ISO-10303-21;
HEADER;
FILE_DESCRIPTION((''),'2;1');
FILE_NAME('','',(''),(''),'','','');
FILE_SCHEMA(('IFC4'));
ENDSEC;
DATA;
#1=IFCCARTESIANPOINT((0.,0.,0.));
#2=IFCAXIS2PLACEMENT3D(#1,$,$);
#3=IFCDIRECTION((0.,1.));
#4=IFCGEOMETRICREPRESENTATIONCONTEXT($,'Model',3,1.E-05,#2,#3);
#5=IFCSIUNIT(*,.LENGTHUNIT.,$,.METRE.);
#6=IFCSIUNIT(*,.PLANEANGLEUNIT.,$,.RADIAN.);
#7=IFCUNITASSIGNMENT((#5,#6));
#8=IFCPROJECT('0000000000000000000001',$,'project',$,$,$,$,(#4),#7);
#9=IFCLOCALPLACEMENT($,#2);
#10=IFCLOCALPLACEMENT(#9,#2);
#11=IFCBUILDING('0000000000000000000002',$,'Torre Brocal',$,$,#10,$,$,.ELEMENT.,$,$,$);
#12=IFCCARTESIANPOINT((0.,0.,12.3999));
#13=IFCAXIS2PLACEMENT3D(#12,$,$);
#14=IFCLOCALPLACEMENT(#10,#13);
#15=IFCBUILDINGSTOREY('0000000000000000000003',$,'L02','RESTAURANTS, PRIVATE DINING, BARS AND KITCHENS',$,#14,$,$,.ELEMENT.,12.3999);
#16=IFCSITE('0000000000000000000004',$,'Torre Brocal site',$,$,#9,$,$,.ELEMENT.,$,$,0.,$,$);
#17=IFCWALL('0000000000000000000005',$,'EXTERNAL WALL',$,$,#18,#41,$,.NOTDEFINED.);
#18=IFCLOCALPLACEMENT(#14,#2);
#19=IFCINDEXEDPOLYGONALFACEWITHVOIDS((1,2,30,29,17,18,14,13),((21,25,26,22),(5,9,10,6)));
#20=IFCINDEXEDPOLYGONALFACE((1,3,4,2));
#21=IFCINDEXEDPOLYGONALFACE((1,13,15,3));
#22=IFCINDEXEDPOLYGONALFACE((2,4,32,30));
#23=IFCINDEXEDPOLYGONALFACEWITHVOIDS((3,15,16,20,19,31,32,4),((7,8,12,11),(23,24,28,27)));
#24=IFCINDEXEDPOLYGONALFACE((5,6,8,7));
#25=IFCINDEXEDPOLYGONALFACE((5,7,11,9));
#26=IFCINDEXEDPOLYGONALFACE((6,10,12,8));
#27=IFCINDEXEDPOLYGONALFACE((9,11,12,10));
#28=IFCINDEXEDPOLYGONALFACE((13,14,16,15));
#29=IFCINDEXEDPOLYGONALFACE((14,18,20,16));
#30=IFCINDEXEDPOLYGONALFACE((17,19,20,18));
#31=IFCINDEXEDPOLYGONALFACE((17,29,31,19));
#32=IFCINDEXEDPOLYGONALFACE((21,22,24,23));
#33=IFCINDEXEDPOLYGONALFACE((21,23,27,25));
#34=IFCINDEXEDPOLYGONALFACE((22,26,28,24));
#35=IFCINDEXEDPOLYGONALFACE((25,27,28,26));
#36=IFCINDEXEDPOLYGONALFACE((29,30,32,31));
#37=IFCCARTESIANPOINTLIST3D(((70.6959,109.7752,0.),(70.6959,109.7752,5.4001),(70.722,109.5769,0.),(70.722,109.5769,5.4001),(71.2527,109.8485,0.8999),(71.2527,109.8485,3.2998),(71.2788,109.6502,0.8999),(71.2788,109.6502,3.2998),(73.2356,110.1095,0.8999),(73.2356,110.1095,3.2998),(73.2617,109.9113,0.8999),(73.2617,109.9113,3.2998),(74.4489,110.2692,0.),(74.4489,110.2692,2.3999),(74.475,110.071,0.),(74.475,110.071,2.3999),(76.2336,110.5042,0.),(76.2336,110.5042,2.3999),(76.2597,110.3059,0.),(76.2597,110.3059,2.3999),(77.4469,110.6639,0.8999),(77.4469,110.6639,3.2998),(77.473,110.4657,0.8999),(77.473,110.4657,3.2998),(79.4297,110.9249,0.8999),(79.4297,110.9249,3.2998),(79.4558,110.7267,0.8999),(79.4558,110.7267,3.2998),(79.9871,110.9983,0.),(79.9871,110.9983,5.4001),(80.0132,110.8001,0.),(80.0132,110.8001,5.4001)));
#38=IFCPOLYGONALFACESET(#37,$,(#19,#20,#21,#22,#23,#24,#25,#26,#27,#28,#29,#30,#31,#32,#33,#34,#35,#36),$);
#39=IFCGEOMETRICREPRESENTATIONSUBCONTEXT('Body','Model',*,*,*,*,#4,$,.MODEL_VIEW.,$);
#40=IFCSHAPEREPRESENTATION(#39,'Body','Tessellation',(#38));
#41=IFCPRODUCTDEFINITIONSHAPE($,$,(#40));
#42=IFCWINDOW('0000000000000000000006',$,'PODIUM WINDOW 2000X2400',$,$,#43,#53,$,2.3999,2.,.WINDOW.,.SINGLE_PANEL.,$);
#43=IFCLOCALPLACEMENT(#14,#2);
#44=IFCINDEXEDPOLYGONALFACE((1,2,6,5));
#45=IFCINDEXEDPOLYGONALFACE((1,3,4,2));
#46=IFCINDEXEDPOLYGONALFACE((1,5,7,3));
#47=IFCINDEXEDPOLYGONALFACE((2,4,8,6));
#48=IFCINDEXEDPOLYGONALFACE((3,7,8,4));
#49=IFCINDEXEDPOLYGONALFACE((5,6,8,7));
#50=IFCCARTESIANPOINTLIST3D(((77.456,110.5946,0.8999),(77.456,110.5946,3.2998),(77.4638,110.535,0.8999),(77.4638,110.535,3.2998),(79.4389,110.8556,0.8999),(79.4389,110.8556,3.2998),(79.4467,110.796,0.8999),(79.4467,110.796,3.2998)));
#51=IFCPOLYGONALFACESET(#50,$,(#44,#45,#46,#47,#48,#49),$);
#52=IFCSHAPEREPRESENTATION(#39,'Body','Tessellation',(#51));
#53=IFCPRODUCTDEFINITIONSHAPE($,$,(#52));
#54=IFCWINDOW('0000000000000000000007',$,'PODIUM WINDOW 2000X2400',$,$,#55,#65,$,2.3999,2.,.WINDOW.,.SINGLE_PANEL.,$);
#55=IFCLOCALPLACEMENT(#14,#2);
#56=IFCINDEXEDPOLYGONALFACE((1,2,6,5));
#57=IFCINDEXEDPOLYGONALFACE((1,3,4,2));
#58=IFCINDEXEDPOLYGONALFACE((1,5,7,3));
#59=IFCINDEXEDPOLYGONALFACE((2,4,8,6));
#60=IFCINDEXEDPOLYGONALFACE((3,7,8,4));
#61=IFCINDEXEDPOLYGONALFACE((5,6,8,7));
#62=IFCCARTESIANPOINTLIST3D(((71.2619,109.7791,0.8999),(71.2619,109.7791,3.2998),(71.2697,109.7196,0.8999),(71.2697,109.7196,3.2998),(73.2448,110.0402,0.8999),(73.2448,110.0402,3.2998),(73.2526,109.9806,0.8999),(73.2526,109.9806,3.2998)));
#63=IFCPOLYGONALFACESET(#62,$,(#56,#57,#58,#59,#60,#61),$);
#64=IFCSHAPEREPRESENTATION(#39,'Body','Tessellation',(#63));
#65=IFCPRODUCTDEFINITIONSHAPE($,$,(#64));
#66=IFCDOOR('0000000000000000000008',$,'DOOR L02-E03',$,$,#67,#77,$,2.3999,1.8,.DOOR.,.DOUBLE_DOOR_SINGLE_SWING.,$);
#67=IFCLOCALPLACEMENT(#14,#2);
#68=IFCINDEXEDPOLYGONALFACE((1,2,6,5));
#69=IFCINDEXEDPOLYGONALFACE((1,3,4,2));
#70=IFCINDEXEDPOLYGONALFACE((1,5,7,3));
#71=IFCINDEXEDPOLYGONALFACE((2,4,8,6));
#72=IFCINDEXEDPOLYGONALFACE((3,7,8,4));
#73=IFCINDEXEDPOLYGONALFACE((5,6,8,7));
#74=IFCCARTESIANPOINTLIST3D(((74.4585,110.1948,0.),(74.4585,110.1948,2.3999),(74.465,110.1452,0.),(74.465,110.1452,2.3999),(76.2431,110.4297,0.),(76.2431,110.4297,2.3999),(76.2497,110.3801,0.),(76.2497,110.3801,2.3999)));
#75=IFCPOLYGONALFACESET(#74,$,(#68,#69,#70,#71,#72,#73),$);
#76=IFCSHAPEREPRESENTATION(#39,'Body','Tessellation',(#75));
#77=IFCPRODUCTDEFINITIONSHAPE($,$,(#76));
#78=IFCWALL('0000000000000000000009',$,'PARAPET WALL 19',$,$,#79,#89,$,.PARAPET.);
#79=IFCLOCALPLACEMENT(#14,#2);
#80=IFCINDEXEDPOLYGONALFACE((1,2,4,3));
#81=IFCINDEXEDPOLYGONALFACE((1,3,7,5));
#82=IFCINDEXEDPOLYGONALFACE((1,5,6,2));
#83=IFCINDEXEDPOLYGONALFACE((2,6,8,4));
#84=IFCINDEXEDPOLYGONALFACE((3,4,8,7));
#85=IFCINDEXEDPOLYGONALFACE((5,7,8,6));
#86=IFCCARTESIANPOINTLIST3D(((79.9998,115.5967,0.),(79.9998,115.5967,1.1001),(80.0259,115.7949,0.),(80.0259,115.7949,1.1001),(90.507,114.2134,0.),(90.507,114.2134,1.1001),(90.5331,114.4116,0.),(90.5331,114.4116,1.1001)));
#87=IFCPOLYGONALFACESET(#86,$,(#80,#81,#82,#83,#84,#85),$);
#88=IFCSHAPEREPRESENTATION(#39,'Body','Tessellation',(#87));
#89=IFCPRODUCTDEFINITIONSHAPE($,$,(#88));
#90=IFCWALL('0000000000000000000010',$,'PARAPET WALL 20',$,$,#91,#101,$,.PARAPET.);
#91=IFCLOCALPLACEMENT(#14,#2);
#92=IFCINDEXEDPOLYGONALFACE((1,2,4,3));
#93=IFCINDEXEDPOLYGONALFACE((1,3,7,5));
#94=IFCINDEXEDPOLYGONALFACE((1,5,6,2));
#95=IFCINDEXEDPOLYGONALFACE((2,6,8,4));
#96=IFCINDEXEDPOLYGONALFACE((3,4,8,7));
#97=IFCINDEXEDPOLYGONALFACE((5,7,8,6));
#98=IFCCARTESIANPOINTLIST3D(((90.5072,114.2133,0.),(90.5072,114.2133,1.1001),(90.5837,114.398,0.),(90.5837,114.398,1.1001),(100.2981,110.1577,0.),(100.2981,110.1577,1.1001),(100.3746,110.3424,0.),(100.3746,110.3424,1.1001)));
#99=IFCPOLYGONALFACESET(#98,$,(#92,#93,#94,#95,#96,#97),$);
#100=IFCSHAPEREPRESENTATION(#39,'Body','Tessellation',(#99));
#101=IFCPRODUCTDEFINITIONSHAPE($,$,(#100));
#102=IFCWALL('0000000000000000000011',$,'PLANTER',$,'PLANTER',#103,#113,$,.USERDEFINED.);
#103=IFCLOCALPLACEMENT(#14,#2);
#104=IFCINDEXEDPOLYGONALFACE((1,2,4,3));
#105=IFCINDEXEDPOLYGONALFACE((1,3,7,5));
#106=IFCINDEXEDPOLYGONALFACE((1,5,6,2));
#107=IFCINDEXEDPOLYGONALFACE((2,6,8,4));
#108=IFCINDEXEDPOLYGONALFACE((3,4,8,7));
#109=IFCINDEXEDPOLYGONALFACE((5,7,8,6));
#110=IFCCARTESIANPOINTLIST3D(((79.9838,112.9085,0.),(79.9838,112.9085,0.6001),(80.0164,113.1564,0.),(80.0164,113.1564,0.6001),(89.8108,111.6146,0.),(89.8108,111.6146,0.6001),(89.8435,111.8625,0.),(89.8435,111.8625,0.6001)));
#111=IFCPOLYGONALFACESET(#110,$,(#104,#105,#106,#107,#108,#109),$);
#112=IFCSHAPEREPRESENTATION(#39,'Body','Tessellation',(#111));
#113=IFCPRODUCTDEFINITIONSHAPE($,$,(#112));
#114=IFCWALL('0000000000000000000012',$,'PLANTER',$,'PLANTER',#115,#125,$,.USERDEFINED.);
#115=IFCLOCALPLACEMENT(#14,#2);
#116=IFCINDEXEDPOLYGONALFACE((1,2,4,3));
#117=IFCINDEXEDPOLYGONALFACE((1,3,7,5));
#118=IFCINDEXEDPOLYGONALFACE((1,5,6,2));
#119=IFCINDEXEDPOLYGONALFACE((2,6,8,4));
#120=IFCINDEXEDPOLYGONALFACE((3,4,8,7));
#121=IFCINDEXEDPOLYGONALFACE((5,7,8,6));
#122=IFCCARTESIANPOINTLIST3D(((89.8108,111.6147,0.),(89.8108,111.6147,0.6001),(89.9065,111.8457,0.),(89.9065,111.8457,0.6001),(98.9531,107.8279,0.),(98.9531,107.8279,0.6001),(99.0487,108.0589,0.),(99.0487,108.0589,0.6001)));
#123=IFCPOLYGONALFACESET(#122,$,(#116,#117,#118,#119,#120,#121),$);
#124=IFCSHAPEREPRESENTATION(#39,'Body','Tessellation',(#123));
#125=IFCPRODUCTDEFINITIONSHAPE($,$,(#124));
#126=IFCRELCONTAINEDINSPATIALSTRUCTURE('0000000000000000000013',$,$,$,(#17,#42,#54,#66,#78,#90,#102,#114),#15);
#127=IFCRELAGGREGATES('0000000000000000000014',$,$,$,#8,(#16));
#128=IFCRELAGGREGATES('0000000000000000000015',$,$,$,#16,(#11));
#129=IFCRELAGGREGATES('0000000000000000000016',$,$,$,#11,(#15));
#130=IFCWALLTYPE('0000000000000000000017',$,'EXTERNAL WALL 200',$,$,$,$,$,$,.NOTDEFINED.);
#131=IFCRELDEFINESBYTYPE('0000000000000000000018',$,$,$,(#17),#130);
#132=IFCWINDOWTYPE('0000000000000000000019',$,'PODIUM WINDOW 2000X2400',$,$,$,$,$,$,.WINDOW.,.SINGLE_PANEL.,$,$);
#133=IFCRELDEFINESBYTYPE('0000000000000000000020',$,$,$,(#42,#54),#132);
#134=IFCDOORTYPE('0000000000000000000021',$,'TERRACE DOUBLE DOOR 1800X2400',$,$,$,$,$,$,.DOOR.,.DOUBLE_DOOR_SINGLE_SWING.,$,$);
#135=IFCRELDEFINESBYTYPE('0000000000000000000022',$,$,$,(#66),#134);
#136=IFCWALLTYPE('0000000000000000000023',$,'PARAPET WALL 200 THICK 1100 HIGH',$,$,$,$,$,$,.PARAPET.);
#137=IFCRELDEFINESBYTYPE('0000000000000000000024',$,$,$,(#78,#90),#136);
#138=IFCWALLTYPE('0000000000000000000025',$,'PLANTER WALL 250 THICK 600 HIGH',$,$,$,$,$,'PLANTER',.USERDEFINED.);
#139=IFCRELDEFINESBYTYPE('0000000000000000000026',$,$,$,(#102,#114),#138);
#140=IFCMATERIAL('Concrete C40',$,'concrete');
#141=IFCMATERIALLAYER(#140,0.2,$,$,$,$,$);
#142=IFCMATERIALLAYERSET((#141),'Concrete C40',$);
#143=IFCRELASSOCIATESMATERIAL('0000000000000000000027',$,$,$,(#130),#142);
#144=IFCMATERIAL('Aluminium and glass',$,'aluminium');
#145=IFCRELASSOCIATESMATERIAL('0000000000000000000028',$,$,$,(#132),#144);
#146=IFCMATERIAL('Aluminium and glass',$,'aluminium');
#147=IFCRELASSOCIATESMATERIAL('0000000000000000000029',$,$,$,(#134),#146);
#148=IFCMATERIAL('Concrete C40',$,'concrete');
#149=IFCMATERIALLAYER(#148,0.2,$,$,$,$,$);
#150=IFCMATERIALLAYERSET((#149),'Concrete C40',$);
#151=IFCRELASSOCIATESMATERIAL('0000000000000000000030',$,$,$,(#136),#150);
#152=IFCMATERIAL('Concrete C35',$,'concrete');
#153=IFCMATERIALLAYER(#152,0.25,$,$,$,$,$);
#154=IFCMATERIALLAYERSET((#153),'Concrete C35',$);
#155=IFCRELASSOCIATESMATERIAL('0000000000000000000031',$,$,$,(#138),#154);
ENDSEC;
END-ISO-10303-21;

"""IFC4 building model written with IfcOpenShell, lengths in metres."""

from ifc_helpers import new_model, si_unit, direction, frame, frame_2d, origin, place, context, subcontext, project, spatial, rectangle, extrude, material, layer, layer_set, type_object, element, fill, save


model = new_model("IFC4")

# Units and contexts
model_context = context("Model", 3, precision=1e-05, world=origin(), true_north=direction((0.0, 1.0)))
body_context = subcontext(model_context, "Body", "Model", "MODEL_VIEW")
ifc_project = project(units=[si_unit("LENGTHUNIT", "METRE"), si_unit("PLANEANGLEUNIT", "RADIAN")], contexts=[model_context])

# Site, building, storey
site_placement = place(None, origin())
site = spatial("IfcSite", under=ifc_project, at=site_placement, Name="Torre Brocal site", CompositionType="ELEMENT", RefElevation=0.0)
building_placement = place(site_placement, origin())
building = spatial("IfcBuilding", under=site, at=building_placement, Name="Torre Brocal", CompositionType="ELEMENT")
storey_placement = place(building_placement, frame((0.0, 0.0, 12.3999)))
storey = spatial("IfcBuildingStorey", under=building, at=storey_placement, Name="L02", Description="RESTAURANTS, PRIVATE DINING, BARS AND KITCHENS", CompositionType="ELEMENT", Elevation=12.3999)

# Wall, openings, windows, door
ifc_material_1 = material(Name="Concrete C40", Category="concrete")
ifc_layer_1 = layer(ifc_material_1, 0.2)
ifc_layer_set_1 = layer_set([ifc_layer_1], Name="Concrete C40")
wall_type_1 = type_object("IfcWallType", Name="EXTERNAL WALL 200", PredefinedType="NOTDEFINED", material=ifc_layer_set_1)
wall_1_placement = place(storey_placement, frame((80.0, 110.8992, 0.0), z_axis=(0.0, 0.0, 1.0), x_axis=(-0.991446, -0.130519, 0.0)))
wall_1 = element("IfcWall", 1, at=wall_1_placement, inside=storey, type_object=wall_type_1, Name="EXTERNAL WALL", PredefinedType="NOTDEFINED", context=body_context, shape_type="SweptSolid", body=[
    extrude(rectangle(XDim=9.3713, YDim=0.2, at=frame_2d((4.6855, 0.0))), origin(), (0.0, 0.0, 1.0), 5.4001),
])
opening_1_placement = place(wall_1_placement, frame((0.562, 0.0, 0.8999)))
opening_1 = element("IfcOpeningElement", 2, at=opening_1_placement, cuts=wall_1, PredefinedType="OPENING", context=body_context, shape_type="SweptSolid", body=[
    extrude(rectangle(XDim=2.0, YDim=2.3999, at=frame_2d((1.0, 1.2))), frame((0.0, 0.1099, 0.0), z_axis=(0.0, -1.0, 0.0), x_axis=(1.0, 0.0, 0.0)), (0.0, 0.0, 1.0), 0.22),
])
opening_2_placement = place(wall_1_placement, frame((3.7859, 0.0, 0.0)))
opening_2 = element("IfcOpeningElement", 3, at=opening_2_placement, cuts=wall_1, PredefinedType="OPENING", context=body_context, shape_type="SweptSolid", body=[
    extrude(rectangle(XDim=1.8, YDim=2.3999, at=frame_2d((0.8999, 1.2))), frame((0.0, 0.1099, 0.0), z_axis=(0.0, -1.0, 0.0), x_axis=(1.0, 0.0, 0.0)), (0.0, 0.0, 1.0), 0.22),
])
opening_3_placement = place(wall_1_placement, frame((6.8096, 0.0, 0.8999)))
opening_3 = element("IfcOpeningElement", 4, at=opening_3_placement, cuts=wall_1, PredefinedType="OPENING", context=body_context, shape_type="SweptSolid", body=[
    extrude(rectangle(XDim=2.0, YDim=2.3999, at=frame_2d((1.0, 1.2))), frame((0.0, 0.1099, 0.0), z_axis=(0.0, -1.0, 0.0), x_axis=(1.0, 0.0, 0.0)), (0.0, 0.0, 1.0), 0.22),
])
ifc_material_2 = material(Name="Aluminium and glass", Category="aluminium")
window_type = type_object("IfcWindowType", Name="PODIUM WINDOW 2000X2400", PartitioningType="SINGLE_PANEL", PredefinedType="WINDOW", material=ifc_material_2)
window_1_placement = place(opening_1_placement, origin())
window_1 = element("IfcWindow", 5, at=window_1_placement, inside=storey, type_object=window_type, Name="PODIUM WINDOW 2000X2400", OverallHeight=2.3999, OverallWidth=2.0, PartitioningType="SINGLE_PANEL", PredefinedType="WINDOW", context=body_context, shape_type="SweptSolid", body=[
    extrude(rectangle(XDim=2.0, YDim=2.3999, at=frame_2d((1.0, 1.2))), frame((0.0, 0.03, 0.0), z_axis=(0.0, -1.0, 0.0), x_axis=(1.0, 0.0, 0.0)), (0.0, 0.0, 1.0), 0.0601),
])
fill(opening_1, window_1)
window_2_placement = place(opening_3_placement, origin())
window_2 = element("IfcWindow", 6, at=window_2_placement, inside=storey, type_object=window_type, Name="PODIUM WINDOW 2000X2400", OverallHeight=2.3999, OverallWidth=2.0, PartitioningType="SINGLE_PANEL", PredefinedType="WINDOW", context=body_context, shape_type="SweptSolid", body=[
    extrude(rectangle(XDim=2.0, YDim=2.3999, at=frame_2d((1.0, 1.2))), frame((0.0, 0.03, 0.0), z_axis=(0.0, -1.0, 0.0), x_axis=(1.0, 0.0, 0.0)), (0.0, 0.0, 1.0), 0.0601),
])
fill(opening_3, window_2)
ifc_material_3 = material(Name="Aluminium and glass", Category="aluminium")
door_type = type_object("IfcDoorType", Name="TERRACE DOUBLE DOOR 1800X2400", OperationType="DOUBLE_DOOR_SINGLE_SWING", PredefinedType="DOOR", material=ifc_material_3)
door_placement = place(opening_2_placement, frame((1.8, 0.0, 0.0), z_axis=(0.0, 0.0, 1.0), x_axis=(-1.0, 0.0, 0.0)))
door = element("IfcDoor", 7, at=door_placement, inside=storey, type_object=door_type, Name="DOOR L02-E03", OperationType="DOUBLE_DOOR_SINGLE_SWING", OverallHeight=2.3999, OverallWidth=1.8, PredefinedType="DOOR", context=body_context, shape_type="SweptSolid", body=[
    extrude(rectangle(XDim=1.8, YDim=2.3999, at=frame_2d((0.8999, 1.2))), frame((0.0, 0.0249, 0.0), z_axis=(0.0, -1.0, 0.0), x_axis=(1.0, 0.0, 0.0)), (0.0, 0.0, 1.0), 0.05),
])
fill(opening_2, door)

# Walls
ifc_material_4 = material(Name="Concrete C40", Category="concrete")
ifc_layer_2 = layer(ifc_material_4, 0.2)
ifc_layer_set_2 = layer_set([ifc_layer_2], Name="Concrete C40")
wall_type_2 = type_object("IfcWallType", Name="PARAPET WALL 200 THICK 1100 HIGH", PredefinedType="PARAPET", material=ifc_layer_set_2)
wall_2_placement = place(storey_placement, frame((80.0129, 115.6958, 0.0), z_axis=(0.0, 0.0, 1.0), x_axis=(0.991445, -0.130525, 0.0)))
element("IfcWall", 8, at=wall_2_placement, inside=storey, type_object=wall_type_2, Name="PARAPET WALL 19", PredefinedType="PARAPET", context=body_context, shape_type="SweptSolid", body=[
    extrude(rectangle(XDim=10.5979, YDim=0.2, at=frame_2d((5.2988, 0.0))), origin(), (0.0, 0.0, 1.0), 1.1001),
])
wall_3_placement = place(storey_placement, frame((90.5454, 114.3057, 0.0), z_axis=(0.0, 0.0, 1.0), x_axis=(0.923876, -0.382691, 0.0)))
element("IfcWall", 9, at=wall_3_placement, inside=storey, type_object=wall_type_2, Name="PARAPET WALL 20", PredefinedType="PARAPET", context=body_context, shape_type="SweptSolid", body=[
    extrude(rectangle(XDim=10.5977, YDim=0.2, at=frame_2d((5.2988, 0.0))), origin(), (0.0, 0.0, 1.0), 1.1001),
])
ifc_material_5 = material(Name="Concrete C35", Category="concrete")
ifc_layer_3 = layer(ifc_material_5, 0.25)
ifc_layer_set_3 = layer_set([ifc_layer_3], Name="Concrete C35")
wall_type_3 = type_object("IfcWallType", Name="PLANTER WALL 250 THICK 600 HIGH", ElementType="PLANTER", PredefinedType="USERDEFINED", material=ifc_layer_set_3)
wall_4_placement = place(storey_placement, frame((80.0, 113.0325, 0.0), z_axis=(0.0, 0.0, 1.0), x_axis=(0.991443, -0.130544, 0.0)))
element("IfcWall", 10, at=wall_4_placement, inside=storey, type_object=wall_type_3, Name="PLANTER", ObjectType="PLANTER", PredefinedType="USERDEFINED", context=body_context, shape_type="SweptSolid", body=[
    extrude(rectangle(XDim=9.9119, YDim=0.25, at=frame_2d((4.9561, 0.0))), origin(), (0.0, 0.0, 1.0), 0.6001),
])
wall_5_placement = place(storey_placement, frame((89.8586, 111.7302, 0.0), z_axis=(0.0, 0.0, 1.0), x_axis=(0.92388, -0.382682, 0.0)))
element("IfcWall", 11, at=wall_5_placement, inside=storey, type_object=wall_type_3, Name="PLANTER", ObjectType="PLANTER", PredefinedType="USERDEFINED", context=body_context, shape_type="SweptSolid", body=[
    extrude(rectangle(XDim=9.8955, YDim=0.25, at=frame_2d((4.9478, 0.0))), origin(), (0.0, 0.0, 1.0), 0.6001),
])

save(model, "model.ifc")
